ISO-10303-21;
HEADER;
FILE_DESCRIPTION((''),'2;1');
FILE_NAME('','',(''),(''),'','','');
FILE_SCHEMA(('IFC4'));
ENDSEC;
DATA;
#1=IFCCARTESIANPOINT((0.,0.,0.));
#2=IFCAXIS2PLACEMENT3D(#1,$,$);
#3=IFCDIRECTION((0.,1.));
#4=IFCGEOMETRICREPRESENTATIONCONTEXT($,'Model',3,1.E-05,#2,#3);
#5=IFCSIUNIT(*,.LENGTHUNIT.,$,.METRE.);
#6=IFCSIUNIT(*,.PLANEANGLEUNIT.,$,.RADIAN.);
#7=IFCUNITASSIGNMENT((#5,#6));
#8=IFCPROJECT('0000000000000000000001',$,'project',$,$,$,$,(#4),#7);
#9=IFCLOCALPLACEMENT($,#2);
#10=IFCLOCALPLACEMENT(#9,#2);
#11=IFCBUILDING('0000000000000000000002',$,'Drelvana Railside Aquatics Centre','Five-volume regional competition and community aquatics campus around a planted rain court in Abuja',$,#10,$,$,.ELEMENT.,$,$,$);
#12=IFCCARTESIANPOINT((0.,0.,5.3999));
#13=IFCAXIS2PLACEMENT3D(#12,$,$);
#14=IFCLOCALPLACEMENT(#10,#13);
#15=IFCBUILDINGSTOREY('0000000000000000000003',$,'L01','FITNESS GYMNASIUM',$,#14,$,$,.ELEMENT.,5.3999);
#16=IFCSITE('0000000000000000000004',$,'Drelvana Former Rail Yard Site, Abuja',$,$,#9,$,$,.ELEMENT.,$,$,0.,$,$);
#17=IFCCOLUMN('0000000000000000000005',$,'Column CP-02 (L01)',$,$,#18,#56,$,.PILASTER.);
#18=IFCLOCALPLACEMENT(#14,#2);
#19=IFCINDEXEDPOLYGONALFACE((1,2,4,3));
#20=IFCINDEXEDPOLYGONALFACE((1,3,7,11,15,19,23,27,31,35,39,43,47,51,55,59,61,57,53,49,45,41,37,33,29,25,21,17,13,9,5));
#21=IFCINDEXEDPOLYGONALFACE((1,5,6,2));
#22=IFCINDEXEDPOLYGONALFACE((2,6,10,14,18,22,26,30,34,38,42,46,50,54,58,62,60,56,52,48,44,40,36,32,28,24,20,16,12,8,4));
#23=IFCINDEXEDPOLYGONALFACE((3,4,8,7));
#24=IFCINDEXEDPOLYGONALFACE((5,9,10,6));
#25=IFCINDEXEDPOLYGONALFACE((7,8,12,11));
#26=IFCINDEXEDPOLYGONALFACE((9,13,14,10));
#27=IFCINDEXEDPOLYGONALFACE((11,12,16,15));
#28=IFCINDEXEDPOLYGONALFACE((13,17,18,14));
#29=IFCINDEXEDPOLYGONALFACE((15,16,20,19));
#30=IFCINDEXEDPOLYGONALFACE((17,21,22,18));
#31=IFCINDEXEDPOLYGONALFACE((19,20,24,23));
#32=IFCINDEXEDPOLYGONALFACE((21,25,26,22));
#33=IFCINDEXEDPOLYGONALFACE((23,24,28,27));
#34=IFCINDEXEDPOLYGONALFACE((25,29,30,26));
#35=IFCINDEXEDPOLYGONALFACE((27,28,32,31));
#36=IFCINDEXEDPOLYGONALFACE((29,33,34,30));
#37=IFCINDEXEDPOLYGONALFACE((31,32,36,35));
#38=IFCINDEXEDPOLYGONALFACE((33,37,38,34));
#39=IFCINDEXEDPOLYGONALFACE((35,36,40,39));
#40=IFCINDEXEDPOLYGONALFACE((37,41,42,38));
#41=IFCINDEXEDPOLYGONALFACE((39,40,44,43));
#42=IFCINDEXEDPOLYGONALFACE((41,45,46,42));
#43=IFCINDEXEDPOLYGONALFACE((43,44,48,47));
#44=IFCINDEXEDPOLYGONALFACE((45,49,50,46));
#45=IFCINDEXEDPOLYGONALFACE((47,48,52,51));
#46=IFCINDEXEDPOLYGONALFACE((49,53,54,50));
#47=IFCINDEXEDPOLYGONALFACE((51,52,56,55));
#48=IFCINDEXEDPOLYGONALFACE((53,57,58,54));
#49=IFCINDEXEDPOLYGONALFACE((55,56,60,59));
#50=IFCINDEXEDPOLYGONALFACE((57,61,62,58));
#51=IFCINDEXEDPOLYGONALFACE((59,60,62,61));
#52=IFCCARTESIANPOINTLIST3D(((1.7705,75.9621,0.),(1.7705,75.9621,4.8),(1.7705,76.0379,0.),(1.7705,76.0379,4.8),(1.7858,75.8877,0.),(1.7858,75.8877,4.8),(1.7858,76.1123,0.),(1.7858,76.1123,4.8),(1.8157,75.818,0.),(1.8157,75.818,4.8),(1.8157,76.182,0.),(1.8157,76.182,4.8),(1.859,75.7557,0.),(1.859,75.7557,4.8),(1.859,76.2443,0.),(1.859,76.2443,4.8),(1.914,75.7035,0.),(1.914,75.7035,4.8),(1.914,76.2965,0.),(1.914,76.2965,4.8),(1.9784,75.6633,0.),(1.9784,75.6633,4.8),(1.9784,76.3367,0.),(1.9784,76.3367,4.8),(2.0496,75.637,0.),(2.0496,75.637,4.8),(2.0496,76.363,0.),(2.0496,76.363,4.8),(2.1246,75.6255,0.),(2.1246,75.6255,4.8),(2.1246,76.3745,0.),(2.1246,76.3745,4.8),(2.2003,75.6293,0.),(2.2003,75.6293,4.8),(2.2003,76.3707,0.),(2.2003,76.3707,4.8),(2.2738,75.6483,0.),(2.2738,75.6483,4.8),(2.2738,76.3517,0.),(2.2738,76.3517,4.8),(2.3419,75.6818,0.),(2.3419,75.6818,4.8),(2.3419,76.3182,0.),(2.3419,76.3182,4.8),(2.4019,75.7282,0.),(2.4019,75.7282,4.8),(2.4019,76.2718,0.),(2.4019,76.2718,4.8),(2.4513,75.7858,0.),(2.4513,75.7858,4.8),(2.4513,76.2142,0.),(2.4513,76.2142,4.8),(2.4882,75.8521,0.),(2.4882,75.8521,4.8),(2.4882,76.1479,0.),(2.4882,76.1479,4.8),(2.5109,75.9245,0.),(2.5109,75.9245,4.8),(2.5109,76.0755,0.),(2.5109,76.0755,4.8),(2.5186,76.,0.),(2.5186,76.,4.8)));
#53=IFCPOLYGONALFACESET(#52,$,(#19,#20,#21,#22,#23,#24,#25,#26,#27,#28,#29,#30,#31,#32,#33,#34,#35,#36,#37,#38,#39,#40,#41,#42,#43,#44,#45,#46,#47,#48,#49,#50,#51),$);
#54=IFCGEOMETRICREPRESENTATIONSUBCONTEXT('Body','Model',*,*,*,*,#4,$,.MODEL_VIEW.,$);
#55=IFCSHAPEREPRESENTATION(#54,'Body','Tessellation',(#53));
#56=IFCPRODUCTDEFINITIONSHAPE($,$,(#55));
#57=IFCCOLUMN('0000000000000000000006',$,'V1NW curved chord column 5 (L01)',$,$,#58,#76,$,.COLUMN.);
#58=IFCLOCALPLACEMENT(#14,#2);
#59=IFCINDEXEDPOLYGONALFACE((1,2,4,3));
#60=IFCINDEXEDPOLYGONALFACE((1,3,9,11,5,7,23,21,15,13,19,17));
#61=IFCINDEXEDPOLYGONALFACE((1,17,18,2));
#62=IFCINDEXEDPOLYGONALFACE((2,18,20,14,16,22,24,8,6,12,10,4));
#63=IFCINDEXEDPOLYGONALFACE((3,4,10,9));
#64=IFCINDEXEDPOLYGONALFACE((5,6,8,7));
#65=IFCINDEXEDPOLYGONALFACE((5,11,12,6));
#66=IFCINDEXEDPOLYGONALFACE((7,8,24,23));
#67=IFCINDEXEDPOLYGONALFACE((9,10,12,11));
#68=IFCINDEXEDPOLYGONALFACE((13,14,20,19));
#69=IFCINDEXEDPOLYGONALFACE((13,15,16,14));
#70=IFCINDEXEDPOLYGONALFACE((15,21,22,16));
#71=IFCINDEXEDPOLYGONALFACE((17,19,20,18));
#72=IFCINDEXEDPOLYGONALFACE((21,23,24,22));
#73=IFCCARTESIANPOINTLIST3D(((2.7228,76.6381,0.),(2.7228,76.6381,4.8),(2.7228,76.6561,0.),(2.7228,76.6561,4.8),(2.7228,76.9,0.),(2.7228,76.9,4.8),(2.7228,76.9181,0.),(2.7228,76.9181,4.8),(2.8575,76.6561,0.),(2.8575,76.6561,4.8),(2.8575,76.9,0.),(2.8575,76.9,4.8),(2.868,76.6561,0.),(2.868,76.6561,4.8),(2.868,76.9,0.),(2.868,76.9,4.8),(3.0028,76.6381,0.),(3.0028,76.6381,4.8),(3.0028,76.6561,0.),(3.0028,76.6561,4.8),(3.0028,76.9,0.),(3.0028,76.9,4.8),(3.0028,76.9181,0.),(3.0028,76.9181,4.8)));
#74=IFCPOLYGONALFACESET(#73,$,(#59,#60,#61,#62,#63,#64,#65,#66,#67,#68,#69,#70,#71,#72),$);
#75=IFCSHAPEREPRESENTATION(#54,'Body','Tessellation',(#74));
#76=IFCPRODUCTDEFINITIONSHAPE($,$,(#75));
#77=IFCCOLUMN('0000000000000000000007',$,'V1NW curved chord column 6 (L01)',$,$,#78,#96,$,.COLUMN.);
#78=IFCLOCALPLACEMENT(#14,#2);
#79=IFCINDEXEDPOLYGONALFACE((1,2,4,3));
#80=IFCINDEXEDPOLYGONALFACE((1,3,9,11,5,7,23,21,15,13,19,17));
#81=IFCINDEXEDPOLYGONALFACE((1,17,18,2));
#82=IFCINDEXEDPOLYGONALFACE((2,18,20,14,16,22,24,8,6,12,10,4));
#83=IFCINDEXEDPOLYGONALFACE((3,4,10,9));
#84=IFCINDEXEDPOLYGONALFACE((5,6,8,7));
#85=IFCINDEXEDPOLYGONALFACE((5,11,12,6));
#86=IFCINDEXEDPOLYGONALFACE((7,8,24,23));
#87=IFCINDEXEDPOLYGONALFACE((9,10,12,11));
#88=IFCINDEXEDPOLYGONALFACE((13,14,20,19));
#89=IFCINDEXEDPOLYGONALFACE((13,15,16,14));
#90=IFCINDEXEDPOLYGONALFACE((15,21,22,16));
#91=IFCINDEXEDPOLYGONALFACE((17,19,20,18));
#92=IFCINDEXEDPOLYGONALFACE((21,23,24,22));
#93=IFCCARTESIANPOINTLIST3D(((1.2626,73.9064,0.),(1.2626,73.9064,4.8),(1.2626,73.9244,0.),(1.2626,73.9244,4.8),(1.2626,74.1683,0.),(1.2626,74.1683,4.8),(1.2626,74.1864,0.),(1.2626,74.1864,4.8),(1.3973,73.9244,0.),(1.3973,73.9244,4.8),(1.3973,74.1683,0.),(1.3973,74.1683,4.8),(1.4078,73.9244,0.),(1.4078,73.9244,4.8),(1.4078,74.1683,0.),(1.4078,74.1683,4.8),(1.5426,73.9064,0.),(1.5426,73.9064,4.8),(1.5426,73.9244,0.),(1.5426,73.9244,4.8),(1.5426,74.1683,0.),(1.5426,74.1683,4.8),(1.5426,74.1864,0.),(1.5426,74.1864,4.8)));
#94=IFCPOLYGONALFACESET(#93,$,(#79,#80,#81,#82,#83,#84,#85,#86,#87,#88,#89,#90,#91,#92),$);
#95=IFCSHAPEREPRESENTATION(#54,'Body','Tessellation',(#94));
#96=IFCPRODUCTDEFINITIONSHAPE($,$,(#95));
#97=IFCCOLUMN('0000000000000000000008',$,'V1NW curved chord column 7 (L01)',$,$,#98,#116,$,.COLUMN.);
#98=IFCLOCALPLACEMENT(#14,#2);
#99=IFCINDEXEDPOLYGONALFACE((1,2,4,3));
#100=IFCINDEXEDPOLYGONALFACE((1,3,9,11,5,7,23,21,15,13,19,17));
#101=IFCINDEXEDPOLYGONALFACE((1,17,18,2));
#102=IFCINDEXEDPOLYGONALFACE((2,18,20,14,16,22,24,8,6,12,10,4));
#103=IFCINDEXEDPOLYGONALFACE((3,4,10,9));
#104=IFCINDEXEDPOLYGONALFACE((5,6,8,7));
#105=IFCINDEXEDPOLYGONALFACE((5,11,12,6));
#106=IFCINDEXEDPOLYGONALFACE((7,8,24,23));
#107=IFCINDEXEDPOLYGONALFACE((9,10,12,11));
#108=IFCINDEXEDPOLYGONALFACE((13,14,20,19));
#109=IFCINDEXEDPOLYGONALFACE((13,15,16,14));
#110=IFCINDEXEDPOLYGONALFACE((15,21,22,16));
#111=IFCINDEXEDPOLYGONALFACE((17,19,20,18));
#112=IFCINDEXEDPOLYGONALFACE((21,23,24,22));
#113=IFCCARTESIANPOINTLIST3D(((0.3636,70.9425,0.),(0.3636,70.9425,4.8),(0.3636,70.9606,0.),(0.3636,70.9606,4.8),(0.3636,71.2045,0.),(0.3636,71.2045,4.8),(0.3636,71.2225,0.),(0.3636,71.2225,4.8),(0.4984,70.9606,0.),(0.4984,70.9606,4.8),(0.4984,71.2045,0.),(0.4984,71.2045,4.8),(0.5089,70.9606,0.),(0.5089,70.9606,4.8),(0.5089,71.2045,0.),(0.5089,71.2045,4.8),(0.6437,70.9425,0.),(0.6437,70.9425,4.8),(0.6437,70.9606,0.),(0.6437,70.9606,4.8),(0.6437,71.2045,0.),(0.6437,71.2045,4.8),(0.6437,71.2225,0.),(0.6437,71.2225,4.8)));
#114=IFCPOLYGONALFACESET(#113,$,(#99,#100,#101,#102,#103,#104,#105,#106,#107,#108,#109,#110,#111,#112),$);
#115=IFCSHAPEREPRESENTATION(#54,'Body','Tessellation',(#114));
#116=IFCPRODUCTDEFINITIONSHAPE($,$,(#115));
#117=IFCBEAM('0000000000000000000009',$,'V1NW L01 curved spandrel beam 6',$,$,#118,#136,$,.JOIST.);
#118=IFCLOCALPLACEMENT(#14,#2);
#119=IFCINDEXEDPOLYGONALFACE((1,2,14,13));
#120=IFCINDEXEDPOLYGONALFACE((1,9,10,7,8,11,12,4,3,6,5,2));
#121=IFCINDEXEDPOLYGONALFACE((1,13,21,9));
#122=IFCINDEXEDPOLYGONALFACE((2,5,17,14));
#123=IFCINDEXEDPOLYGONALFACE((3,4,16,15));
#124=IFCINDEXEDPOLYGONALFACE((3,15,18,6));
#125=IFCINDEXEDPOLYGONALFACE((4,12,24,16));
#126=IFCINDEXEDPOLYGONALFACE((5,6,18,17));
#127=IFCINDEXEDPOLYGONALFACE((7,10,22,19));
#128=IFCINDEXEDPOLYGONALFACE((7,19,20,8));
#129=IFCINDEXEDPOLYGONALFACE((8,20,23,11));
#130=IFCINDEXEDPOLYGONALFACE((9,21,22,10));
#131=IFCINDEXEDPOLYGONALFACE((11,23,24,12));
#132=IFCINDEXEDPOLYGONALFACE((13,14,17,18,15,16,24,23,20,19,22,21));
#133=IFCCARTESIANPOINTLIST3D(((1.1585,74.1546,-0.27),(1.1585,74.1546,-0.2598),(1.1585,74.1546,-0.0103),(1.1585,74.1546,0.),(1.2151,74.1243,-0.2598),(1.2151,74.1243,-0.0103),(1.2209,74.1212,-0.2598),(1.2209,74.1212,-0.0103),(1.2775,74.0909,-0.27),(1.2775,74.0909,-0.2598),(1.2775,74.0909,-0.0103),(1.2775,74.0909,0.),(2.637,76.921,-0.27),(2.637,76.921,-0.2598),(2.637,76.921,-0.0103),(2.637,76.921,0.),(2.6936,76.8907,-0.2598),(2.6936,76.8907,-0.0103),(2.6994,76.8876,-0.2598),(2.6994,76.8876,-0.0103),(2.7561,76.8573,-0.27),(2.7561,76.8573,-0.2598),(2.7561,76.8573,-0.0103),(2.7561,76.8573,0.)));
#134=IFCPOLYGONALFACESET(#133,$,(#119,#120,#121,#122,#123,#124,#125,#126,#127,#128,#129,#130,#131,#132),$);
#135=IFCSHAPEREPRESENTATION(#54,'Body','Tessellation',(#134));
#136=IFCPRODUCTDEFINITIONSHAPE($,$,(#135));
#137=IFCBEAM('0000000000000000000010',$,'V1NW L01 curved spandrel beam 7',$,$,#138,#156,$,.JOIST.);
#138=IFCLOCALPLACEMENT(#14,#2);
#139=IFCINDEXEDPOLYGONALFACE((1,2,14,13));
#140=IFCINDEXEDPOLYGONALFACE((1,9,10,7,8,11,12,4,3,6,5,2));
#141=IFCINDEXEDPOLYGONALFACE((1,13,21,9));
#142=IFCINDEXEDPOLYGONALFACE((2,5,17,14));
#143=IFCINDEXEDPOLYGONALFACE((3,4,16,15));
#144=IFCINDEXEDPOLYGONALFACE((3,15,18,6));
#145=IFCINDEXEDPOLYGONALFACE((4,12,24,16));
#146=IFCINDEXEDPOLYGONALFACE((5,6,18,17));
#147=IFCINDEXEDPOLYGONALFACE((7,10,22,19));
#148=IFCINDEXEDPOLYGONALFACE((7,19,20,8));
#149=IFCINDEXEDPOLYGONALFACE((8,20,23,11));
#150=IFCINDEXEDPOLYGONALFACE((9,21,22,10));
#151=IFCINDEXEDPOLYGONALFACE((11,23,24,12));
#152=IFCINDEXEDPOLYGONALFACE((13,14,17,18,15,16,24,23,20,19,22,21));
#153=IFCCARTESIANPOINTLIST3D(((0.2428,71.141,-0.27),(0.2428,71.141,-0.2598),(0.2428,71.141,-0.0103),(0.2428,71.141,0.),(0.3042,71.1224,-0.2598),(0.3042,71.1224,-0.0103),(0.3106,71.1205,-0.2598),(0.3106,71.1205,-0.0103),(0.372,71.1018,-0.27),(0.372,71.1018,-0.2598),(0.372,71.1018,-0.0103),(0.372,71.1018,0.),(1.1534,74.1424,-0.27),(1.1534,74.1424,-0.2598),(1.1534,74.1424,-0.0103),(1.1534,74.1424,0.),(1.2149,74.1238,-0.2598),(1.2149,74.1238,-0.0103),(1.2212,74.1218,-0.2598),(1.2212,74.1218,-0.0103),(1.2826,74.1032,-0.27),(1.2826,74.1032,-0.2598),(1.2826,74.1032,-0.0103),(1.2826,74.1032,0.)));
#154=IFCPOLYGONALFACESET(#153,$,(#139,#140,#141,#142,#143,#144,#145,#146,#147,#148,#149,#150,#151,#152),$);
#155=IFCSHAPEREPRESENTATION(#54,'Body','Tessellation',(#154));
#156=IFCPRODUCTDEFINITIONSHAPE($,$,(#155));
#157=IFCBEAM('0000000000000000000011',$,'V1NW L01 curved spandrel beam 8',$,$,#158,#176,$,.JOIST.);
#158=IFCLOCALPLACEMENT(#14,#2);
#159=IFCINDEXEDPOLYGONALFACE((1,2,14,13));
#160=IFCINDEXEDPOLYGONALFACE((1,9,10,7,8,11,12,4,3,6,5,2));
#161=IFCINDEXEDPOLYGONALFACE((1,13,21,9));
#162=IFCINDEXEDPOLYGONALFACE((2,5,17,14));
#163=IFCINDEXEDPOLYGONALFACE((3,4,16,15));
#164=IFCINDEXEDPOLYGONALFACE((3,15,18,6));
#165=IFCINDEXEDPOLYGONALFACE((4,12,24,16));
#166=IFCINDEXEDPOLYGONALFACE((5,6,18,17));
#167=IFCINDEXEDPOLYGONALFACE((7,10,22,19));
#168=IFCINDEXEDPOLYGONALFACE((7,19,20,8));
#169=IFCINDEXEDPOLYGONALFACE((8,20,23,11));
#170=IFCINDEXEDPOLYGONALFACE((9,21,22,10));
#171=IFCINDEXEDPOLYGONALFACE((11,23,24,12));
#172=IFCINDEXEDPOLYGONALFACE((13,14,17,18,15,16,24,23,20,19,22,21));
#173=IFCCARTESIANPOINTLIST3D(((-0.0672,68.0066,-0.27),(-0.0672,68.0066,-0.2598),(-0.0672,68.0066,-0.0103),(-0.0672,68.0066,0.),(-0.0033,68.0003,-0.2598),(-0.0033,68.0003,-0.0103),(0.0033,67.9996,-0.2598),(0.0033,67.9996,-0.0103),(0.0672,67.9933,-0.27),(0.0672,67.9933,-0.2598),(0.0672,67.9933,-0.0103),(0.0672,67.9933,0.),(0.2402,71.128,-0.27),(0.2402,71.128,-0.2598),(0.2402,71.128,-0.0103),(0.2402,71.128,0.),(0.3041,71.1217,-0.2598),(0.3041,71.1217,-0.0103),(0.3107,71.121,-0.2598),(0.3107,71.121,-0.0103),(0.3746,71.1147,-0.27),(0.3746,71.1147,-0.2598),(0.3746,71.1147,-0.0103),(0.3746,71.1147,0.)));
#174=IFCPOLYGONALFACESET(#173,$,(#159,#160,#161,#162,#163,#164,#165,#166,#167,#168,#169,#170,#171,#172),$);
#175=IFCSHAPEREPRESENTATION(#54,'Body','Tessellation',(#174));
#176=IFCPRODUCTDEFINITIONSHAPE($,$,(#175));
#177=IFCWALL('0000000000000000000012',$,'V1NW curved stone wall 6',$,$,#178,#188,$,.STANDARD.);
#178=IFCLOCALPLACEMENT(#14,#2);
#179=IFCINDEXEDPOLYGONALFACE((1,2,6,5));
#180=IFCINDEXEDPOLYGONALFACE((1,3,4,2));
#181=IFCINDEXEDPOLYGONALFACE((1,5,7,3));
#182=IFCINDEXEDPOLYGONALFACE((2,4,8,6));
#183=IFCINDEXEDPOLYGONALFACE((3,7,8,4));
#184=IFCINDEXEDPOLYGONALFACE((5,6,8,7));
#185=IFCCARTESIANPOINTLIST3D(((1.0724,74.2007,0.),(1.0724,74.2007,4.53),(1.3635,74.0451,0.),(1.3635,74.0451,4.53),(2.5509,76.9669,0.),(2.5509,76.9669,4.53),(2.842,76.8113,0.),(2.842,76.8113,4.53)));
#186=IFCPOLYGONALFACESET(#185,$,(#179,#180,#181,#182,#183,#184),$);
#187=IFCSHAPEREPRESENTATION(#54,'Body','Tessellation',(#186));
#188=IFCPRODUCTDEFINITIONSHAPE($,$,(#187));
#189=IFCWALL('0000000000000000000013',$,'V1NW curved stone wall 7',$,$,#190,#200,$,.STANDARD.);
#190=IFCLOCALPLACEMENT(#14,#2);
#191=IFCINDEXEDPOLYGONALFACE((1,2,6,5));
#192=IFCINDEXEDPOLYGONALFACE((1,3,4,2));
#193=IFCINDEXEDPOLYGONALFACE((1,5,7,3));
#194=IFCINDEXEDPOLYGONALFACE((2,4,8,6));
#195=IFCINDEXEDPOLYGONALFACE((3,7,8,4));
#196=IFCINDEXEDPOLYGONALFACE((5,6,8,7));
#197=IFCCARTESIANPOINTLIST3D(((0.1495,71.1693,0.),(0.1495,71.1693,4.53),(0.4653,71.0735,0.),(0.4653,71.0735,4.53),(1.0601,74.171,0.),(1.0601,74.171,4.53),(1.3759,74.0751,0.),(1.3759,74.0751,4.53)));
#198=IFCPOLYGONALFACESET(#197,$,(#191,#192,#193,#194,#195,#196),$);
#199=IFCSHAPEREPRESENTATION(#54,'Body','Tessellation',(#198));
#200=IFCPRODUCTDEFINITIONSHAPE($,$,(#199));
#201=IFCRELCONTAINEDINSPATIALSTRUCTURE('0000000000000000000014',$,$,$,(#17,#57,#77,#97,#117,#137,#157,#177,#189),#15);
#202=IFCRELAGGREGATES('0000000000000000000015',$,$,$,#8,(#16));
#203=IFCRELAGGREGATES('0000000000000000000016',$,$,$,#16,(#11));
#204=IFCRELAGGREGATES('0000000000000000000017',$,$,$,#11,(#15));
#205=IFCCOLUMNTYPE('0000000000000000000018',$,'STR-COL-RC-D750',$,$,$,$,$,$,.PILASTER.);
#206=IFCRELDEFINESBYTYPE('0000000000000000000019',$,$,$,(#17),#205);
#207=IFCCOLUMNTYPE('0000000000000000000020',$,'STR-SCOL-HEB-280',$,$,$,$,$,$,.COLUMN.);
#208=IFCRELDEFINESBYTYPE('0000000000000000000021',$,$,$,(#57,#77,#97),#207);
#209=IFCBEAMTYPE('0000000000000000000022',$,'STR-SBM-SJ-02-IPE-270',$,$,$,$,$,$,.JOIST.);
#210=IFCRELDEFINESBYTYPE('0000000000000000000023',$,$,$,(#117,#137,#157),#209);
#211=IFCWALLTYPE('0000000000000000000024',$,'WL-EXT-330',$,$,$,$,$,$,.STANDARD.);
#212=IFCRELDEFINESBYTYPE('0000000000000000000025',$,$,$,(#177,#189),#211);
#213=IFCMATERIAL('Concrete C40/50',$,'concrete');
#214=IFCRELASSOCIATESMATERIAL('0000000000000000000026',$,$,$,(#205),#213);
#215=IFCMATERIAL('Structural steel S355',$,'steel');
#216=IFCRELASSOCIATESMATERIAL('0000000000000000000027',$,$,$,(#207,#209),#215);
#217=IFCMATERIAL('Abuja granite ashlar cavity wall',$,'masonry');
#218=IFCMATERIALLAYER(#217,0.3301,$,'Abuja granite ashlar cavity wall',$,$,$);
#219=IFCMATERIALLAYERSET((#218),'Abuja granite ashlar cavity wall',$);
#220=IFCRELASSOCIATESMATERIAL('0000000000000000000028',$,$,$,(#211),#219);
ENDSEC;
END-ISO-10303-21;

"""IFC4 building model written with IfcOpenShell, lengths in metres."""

from ifc_helpers import new_model, si_unit, direction, frame, frame_2d, origin, origin_2d, place, context, subcontext, project, spatial, rectangle, circle, i_section, extrude, material, layer, layer_set, material_profile, profile_set, type_object, element, save


model = new_model("IFC4")

# Units and contexts
model_context = context("Model", 3, precision=1e-05, world=origin(), true_north=direction((0.0, 1.0)))
body_context = subcontext(model_context, "Body", "Model", "MODEL_VIEW")
ifc_project = project(units=[si_unit("LENGTHUNIT", "METRE"), si_unit("PLANEANGLEUNIT", "RADIAN")], contexts=[model_context])

# Site, building, storey
site_placement = place(None, origin())
site = spatial("IfcSite", under=ifc_project, at=site_placement, Name="Drelvana Former Rail Yard Site, Abuja", CompositionType="ELEMENT", RefElevation=0.0)
building_placement = place(site_placement, origin())
building = spatial("IfcBuilding", under=site, at=building_placement, Name="Drelvana Railside Aquatics Centre", Description="Five-volume regional competition and community aquatics campus around a planted rain court in Abuja", CompositionType="ELEMENT")
storey_placement = place(building_placement, frame((0.0, 0.0, 5.3999)))
storey = spatial("IfcBuildingStorey", under=building, at=storey_placement, Name="L01", Description="FITNESS GYMNASIUM", CompositionType="ELEMENT", Elevation=5.3999)

# Columns
ifc_material_1 = material(Name="Concrete C40/50", Category="concrete")
ifc_material_profile_1 = material_profile(ifc_material_1, circle(Radius=0.375, at=origin_2d()), Name="RC D750")
ifc_profile_set_1 = profile_set([ifc_material_profile_1], Name="Concrete C40/50")
column_type_1 = type_object("IfcColumnType", Name="STR-COL-RC-D750", PredefinedType="PILASTER", material=ifc_profile_set_1)
column_placement = place(storey_placement, frame((2.1436, 76.0, 0.0), z_axis=(0.0, 0.0, 1.0), x_axis=(1.0, 0.0, 0.0)))
element("IfcColumn", 1, at=column_placement, inside=storey, type_object=column_type_1, Name="Column CP-02 (L01)", PredefinedType="PILASTER", context=body_context, shape_type="SweptSolid", body=[
    extrude(circle(Radius=0.375, at=origin_2d()), origin(), (0.0, 0.0, 1.0), 4.8),
])
ifc_material_2 = material(Name="Structural steel S355", Category="steel")
ifc_material_profile_2 = material_profile(ifc_material_2, i_section(OverallWidth=0.28, OverallDepth=0.28, WebThickness=0.0105, FlangeThickness=0.0181, at=origin_2d()), Name="HEB 280")
ifc_profile_set_2 = profile_set([ifc_material_profile_2], Name="Structural steel S355")
column_type_2 = type_object("IfcColumnType", Name="STR-SCOL-HEB-280", PredefinedType="COLUMN", material=ifc_profile_set_2)
for number, where, z_axis, x_axis, name in (
    (2, (2.8628, 76.7781, 0.0), (0.0, 0.0, 1.0), (1.0, 0.0, 0.0), "V1NW curved chord column 5 (L01)"),
    (3, (1.4026, 74.0464, 0.0), (0.0, 0.0, 1.0), (1.0, 0.0, 0.0), "V1NW curved chord column 6 (L01)"),
    (4, (0.5037, 71.0825, 0.0), (0.0, 0.0, 1.0), (1.0, 0.0, 0.0), "V1NW curved chord column 7 (L01)"),
):
    element("IfcColumn", number, at=place(storey_placement, frame(where, z_axis=z_axis, x_axis=x_axis)), inside=storey, type_object=column_type_2, Name=name, PredefinedType="COLUMN", context=body_context, shape_type="SweptSolid", body=[
        extrude(i_section(OverallWidth=0.28, OverallDepth=0.28, WebThickness=0.0105, FlangeThickness=0.0181, at=origin_2d()), origin(), (0.0, 0.0, 1.0), 4.8),
    ])

# Beams
ifc_material_profile_3 = material_profile(ifc_material_2, i_section(OverallWidth=0.135, OverallDepth=0.27, WebThickness=0.0066, FlangeThickness=0.0103, at=origin_2d()), Name="IPE 270")
ifc_profile_set_3 = profile_set([ifc_material_profile_3], Name="Structural steel S355")
beam_type = type_object("IfcBeamType", Name="STR-SBM-SJ-02-IPE-270", PredefinedType="JOIST", material=ifc_profile_set_3)
beam_placement = place(storey_placement, frame((2.6965, 76.8892, -0.135), z_axis=(-0.471364, -0.881939, 0.0), x_axis=(0.881939, -0.471364, 0.0)))
element("IfcBeam", 5, at=beam_placement, inside=storey, type_object=beam_type, Name="V1NW L01 curved spandrel beam 6", PredefinedType="JOIST", context=body_context, shape_type="SweptSolid", body=[
    extrude(i_section(OverallWidth=0.135, OverallDepth=0.27, WebThickness=0.0066, FlangeThickness=0.0103, at=origin_2d()), origin(), (0.0, 0.0, 1.0), 3.1367),
])
for number, where, z_axis, x_axis, name in (
    (6, (1.218, 74.1228, -0.135), (-0.290331, -0.956926, 0.0), (0.956926, -0.290331, 0.0), "V1NW L01 curved spandrel beam 7"),
    (7, (0.3074, 71.1213, -0.135), (-0.098001, -0.995186, 0.0), (0.995186, -0.098001, 0.0), "V1NW L01 curved spandrel beam 8"),
):
    element("IfcBeam", number, at=place(storey_placement, frame(where, z_axis=z_axis, x_axis=x_axis)), inside=storey, type_object=beam_type, Name=name, PredefinedType="JOIST", context=body_context, shape_type="SweptSolid", body=[
        extrude(i_section(OverallWidth=0.135, OverallDepth=0.27, WebThickness=0.0066, FlangeThickness=0.0103, at=origin_2d()), origin(), (0.0, 0.0, 1.0), 3.1365),
    ])

# Walls
ifc_material_3 = material(Name="Abuja granite ashlar cavity wall", Category="masonry")
ifc_layer = layer(ifc_material_3, 0.3301, Name="Abuja granite ashlar cavity wall")
ifc_layer_set = layer_set([ifc_layer], Name="Abuja granite ashlar cavity wall")
wall_type = type_object("IfcWallType", Name="WL-EXT-330", PredefinedType="STANDARD", material=ifc_layer_set)
wall_1_placement = place(storey_placement, frame((2.6965, 76.8892, 0.0), z_axis=(0.0, 0.0, 1.0), x_axis=(-0.471396, -0.881922, 0.0)))
element("IfcWall", 8, at=wall_1_placement, inside=storey, type_object=wall_type, Name="V1NW curved stone wall 6", PredefinedType="STANDARD", context=body_context, shape_type="SweptSolid", body=[
    extrude(rectangle(XDim=3.1365, YDim=0.3301, at=frame_2d((1.5684, 0.0))), origin(), (0.0, 0.0, 1.0), 4.53),
])
wall_2_placement = place(storey_placement, frame((1.218, 74.123, 0.0), z_axis=(0.0, 0.0, 1.0), x_axis=(-0.29031, -0.956933, 0.0)))
element("IfcWall", 9, at=wall_2_placement, inside=storey, type_object=wall_type, Name="V1NW curved stone wall 7", PredefinedType="STANDARD", context=body_context, shape_type="SweptSolid", body=[
    extrude(rectangle(XDim=3.1367, YDim=0.3301, at=frame_2d((1.5684, 0.0))), origin(), (0.0, 0.0, 1.0), 4.53),
])

save(model, "model.ifc")
